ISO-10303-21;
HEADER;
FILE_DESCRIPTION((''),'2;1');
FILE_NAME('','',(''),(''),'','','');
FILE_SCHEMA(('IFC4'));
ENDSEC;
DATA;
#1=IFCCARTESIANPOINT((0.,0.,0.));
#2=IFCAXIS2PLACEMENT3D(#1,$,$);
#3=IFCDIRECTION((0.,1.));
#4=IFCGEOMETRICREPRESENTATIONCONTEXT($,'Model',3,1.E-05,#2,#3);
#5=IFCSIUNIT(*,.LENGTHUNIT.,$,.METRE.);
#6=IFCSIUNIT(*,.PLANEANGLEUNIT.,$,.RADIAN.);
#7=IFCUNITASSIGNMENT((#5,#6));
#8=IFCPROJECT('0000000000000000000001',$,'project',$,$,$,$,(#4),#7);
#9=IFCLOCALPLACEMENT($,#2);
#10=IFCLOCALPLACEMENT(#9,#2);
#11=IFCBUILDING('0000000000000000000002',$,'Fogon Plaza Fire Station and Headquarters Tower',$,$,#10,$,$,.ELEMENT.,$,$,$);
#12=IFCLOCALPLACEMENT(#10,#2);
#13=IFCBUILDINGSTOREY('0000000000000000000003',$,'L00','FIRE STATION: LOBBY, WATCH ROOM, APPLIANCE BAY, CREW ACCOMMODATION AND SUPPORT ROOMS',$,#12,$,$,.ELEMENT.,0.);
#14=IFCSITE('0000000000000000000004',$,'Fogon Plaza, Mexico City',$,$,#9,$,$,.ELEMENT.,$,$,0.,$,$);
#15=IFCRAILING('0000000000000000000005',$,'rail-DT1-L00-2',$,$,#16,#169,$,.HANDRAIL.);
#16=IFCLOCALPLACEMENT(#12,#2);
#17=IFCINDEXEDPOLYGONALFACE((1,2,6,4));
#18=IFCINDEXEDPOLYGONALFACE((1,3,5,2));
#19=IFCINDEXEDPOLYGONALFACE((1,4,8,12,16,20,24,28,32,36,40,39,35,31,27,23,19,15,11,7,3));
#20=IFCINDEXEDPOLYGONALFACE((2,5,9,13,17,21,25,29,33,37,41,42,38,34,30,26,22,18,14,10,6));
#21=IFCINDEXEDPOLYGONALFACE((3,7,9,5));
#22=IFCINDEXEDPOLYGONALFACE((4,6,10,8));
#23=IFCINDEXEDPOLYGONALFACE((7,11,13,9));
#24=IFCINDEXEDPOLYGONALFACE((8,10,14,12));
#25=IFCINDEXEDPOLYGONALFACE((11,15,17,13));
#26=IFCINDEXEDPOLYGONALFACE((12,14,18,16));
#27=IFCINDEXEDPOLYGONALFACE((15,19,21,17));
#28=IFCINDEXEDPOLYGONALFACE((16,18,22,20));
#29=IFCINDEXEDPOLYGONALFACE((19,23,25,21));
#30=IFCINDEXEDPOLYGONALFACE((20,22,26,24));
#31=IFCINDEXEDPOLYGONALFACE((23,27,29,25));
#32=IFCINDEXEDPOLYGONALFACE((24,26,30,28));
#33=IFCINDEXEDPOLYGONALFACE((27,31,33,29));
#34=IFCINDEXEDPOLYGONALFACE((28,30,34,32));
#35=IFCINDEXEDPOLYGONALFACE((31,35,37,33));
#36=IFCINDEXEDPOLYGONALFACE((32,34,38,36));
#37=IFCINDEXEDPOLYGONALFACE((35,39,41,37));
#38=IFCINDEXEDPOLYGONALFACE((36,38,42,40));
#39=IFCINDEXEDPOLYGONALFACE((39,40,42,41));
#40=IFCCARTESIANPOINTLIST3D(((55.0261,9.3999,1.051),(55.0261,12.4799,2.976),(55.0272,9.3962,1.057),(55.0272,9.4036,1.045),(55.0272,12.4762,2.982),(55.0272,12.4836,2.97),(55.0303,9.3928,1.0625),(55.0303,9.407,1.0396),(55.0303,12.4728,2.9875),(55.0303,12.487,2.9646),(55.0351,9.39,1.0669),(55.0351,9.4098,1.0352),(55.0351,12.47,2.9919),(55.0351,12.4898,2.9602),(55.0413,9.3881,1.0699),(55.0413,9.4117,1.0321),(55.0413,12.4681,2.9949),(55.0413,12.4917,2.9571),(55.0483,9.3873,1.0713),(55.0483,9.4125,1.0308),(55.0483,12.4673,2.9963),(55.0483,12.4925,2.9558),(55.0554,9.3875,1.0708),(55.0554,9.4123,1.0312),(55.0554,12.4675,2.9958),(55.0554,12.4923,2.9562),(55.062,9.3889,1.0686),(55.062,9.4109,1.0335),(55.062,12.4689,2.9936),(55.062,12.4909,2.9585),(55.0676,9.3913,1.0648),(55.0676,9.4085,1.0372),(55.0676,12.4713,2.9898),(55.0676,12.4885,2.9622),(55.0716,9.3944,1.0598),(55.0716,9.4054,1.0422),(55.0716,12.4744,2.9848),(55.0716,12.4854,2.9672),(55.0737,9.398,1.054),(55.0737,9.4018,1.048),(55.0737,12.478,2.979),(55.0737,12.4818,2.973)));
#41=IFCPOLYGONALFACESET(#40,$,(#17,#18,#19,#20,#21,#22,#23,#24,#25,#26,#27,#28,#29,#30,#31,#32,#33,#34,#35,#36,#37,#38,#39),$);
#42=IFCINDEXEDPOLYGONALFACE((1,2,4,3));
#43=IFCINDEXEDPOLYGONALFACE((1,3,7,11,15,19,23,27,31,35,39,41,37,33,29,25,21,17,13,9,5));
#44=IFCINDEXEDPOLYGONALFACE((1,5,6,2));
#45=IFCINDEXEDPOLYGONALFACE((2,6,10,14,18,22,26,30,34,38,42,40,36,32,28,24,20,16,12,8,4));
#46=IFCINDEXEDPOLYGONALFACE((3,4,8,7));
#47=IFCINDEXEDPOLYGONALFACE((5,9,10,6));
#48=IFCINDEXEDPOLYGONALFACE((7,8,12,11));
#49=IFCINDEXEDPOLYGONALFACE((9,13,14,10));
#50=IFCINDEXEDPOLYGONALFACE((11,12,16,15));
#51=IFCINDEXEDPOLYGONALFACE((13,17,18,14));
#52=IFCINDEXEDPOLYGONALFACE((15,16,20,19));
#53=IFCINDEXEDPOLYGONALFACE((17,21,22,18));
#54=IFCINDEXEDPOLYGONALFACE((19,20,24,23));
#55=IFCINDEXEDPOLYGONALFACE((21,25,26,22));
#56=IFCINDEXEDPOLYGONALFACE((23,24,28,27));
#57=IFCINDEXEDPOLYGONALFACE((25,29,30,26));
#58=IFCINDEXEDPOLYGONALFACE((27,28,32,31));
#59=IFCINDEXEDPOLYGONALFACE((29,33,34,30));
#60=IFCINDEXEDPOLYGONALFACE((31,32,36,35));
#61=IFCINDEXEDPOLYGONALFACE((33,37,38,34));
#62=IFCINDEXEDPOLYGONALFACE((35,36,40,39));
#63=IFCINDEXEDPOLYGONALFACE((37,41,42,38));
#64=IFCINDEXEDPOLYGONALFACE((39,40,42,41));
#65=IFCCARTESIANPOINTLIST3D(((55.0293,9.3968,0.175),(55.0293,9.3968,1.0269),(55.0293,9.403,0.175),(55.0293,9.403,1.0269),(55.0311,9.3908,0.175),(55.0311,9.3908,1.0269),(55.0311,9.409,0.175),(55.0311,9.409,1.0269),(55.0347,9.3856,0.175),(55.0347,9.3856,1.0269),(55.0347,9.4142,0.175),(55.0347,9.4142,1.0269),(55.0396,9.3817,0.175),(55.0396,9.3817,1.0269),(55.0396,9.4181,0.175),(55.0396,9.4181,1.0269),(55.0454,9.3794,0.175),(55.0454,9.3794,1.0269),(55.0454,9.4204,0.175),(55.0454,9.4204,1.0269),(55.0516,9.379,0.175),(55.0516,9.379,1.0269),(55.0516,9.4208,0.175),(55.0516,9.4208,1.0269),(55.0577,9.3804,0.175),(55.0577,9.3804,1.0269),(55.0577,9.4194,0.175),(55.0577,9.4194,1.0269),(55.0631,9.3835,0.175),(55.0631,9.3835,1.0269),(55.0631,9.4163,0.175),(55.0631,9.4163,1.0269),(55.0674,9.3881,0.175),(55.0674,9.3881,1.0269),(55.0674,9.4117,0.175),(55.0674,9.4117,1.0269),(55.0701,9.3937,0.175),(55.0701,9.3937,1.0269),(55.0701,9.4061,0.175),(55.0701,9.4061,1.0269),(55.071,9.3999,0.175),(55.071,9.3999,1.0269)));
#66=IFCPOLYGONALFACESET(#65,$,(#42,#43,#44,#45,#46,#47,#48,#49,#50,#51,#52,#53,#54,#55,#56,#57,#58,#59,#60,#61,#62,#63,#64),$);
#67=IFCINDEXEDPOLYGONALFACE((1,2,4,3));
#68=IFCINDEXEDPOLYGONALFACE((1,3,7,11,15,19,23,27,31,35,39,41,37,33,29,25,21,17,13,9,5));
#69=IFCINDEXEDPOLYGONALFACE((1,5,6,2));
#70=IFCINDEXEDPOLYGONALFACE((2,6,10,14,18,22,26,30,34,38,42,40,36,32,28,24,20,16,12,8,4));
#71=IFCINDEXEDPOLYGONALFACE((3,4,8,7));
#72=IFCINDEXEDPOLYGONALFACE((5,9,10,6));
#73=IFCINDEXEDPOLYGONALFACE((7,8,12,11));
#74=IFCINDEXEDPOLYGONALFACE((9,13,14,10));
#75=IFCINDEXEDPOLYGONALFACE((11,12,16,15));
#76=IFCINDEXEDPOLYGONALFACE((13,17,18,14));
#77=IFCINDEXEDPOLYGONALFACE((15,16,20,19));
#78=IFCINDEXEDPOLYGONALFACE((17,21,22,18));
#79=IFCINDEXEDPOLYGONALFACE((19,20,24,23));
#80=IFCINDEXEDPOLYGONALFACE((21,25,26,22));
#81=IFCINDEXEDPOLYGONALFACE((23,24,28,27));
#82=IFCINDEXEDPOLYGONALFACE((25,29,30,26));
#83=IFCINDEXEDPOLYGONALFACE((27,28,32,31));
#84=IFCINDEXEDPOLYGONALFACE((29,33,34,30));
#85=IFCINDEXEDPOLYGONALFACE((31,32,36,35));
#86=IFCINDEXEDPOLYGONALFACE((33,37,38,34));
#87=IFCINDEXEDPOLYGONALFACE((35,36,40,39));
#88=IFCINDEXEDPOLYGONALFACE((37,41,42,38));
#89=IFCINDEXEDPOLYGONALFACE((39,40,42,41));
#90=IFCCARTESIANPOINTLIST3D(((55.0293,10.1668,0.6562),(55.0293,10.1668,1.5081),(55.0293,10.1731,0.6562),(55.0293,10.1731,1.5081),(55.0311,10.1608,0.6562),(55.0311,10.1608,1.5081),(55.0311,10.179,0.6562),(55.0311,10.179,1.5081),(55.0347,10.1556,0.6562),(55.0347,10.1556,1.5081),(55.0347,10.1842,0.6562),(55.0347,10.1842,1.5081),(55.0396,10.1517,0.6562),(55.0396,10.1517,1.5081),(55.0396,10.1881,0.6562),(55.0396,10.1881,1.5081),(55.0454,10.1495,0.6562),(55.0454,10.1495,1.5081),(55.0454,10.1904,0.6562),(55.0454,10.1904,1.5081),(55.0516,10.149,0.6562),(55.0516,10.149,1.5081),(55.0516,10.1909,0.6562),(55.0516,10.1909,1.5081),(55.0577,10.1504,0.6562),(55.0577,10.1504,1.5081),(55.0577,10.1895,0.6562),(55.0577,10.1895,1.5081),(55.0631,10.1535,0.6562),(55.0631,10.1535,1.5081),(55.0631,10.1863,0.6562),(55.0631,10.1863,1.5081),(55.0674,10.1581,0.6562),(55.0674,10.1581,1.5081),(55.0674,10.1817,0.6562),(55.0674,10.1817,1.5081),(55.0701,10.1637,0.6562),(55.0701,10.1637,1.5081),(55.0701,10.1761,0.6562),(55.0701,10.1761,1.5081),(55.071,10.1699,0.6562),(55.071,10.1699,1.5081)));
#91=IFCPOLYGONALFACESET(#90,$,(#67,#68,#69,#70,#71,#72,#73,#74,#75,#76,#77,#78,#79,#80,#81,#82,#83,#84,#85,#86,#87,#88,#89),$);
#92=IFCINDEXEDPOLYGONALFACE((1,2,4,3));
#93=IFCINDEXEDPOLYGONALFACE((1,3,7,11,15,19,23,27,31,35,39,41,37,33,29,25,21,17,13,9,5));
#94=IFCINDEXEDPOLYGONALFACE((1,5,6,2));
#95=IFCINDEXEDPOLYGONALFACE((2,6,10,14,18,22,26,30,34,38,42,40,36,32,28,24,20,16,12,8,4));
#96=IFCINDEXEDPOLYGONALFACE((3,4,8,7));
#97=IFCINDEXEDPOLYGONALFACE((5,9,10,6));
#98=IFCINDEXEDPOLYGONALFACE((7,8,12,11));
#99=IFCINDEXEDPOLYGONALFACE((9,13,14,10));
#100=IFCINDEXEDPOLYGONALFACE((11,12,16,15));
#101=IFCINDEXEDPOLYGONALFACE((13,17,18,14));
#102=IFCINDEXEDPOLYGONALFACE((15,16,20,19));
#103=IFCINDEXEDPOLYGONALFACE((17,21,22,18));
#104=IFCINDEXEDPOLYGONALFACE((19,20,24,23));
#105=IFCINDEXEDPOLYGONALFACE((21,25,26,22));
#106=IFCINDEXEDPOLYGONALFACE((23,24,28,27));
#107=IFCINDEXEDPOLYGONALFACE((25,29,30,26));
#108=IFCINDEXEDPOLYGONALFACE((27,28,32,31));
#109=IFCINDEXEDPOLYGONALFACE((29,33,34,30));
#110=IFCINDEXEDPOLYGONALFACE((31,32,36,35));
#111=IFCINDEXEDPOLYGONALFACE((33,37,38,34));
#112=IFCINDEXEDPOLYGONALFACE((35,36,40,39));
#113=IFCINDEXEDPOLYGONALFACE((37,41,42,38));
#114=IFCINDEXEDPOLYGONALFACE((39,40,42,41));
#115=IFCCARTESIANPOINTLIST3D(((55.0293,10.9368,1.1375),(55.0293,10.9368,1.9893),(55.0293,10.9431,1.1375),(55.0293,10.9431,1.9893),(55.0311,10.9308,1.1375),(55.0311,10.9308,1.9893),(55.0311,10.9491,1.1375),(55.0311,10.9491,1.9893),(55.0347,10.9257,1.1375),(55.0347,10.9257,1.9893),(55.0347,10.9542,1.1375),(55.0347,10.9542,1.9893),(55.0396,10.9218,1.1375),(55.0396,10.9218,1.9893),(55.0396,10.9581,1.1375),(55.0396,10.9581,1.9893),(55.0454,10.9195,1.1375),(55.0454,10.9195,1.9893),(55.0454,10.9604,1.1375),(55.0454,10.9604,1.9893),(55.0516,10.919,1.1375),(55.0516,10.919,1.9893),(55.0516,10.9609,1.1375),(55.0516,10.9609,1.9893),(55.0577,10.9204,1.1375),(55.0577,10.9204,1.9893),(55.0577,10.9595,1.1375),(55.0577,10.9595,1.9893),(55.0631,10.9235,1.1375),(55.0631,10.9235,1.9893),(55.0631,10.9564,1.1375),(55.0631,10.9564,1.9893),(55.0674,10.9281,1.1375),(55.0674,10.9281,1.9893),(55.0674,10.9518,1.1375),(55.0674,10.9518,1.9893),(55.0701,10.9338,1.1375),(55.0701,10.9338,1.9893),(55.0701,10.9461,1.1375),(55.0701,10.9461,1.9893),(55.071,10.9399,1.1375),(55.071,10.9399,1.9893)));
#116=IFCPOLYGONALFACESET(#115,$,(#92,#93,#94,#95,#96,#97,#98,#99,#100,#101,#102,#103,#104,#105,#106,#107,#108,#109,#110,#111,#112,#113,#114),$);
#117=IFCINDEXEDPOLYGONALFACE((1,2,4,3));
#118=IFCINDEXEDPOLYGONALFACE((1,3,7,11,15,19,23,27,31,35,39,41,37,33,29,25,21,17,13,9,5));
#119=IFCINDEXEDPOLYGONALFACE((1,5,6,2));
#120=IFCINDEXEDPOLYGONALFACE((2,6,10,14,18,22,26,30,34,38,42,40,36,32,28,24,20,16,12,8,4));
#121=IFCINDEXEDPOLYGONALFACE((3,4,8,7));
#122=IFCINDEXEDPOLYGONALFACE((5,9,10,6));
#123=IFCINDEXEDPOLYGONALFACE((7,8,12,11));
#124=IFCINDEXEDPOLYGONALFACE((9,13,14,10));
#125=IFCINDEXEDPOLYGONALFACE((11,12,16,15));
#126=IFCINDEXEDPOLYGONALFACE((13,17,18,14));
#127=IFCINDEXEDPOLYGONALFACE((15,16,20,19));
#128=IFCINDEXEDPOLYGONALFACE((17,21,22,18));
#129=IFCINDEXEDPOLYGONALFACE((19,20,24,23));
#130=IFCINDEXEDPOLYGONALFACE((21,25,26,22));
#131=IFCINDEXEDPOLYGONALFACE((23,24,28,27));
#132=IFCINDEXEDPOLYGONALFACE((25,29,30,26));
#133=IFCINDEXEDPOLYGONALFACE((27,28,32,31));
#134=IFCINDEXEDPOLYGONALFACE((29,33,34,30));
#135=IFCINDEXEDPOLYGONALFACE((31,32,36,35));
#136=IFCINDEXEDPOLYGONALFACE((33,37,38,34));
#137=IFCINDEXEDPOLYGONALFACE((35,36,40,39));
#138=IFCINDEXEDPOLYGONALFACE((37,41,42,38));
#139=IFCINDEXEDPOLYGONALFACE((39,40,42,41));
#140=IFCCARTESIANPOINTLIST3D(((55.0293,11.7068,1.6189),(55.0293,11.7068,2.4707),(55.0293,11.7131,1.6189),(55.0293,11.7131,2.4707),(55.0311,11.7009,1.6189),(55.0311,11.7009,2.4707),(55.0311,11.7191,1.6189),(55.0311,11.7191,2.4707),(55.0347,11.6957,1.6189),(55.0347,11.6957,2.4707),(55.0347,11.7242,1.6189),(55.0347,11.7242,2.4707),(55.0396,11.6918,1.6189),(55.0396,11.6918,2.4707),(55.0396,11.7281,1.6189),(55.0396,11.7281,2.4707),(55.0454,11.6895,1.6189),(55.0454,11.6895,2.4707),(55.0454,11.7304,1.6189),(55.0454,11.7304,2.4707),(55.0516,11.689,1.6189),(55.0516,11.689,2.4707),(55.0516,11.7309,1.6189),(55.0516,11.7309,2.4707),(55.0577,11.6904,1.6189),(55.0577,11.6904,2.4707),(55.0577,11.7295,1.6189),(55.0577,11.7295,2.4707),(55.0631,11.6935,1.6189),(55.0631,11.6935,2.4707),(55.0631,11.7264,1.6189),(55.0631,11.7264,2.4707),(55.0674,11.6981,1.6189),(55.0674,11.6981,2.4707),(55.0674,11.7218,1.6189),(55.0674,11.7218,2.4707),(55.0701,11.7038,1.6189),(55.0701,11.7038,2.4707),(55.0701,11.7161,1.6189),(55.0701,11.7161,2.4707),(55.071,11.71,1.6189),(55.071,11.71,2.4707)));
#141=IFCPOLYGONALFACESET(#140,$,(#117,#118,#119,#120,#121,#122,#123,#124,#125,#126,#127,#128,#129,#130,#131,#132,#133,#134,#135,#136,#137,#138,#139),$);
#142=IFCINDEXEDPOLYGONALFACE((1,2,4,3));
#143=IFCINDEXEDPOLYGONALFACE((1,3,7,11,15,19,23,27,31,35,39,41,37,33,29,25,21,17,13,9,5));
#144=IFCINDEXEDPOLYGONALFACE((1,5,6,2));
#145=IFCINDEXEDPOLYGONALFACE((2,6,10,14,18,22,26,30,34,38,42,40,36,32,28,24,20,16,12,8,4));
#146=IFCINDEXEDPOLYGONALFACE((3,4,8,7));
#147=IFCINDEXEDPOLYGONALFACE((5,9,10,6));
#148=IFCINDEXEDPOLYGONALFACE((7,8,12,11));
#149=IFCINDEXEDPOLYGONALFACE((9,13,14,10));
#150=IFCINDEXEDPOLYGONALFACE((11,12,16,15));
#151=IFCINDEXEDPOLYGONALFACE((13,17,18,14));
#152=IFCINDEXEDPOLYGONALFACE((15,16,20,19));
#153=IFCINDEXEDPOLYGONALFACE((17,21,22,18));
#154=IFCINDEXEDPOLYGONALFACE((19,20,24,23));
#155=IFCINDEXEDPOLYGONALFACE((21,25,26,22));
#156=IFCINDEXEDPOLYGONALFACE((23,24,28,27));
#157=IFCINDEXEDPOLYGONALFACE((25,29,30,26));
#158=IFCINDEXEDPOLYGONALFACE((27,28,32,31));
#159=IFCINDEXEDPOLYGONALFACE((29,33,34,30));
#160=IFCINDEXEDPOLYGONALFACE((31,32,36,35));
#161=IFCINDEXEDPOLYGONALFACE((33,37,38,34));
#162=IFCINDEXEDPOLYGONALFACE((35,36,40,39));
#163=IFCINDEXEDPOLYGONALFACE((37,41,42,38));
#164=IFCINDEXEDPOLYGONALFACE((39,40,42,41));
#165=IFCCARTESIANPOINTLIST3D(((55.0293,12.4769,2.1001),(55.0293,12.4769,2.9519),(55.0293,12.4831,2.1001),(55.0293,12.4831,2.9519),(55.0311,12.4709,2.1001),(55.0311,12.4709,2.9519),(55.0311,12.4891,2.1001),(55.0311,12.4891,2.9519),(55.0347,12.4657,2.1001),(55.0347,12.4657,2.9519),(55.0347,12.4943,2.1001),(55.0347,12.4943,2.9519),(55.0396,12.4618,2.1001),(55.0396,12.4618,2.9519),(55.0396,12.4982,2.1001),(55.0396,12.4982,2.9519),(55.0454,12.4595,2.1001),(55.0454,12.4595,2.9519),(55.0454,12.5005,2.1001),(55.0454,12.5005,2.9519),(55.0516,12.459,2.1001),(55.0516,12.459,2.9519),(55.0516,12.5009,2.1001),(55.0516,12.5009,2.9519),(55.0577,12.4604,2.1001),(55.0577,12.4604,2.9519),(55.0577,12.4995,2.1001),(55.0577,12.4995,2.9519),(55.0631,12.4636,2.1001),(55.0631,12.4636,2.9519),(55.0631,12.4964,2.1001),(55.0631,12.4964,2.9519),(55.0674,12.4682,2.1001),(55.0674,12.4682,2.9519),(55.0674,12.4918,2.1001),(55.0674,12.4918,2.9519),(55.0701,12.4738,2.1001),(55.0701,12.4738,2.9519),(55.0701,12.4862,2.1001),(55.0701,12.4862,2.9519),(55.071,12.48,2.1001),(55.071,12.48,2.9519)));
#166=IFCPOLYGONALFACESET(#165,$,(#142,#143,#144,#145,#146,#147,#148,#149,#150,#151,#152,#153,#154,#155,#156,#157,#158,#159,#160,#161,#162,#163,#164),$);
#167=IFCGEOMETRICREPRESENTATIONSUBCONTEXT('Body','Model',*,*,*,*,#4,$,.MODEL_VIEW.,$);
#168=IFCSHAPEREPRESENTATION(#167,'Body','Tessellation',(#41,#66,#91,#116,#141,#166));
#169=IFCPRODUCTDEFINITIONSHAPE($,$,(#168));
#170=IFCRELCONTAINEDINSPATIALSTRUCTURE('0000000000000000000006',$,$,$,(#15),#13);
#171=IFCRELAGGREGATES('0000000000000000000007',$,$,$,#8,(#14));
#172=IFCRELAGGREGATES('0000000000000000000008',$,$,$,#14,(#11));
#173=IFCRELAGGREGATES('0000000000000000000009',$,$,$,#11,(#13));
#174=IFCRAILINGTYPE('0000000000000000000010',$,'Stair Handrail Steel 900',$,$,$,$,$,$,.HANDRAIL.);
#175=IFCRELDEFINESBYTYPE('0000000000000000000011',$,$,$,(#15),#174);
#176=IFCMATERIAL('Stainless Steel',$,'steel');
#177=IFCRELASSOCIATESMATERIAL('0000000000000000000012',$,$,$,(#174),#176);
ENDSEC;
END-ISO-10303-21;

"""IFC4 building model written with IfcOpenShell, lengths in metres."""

from ifc_helpers import new_model, si_unit, direction, frame, origin, origin_2d, place, context, subcontext, project, spatial, circle, extrude, material, type_object, element, save


model = new_model("IFC4")

# Units and contexts
model_context = context("Model", 3, precision=1e-05, world=origin(), true_north=direction((0.0, 1.0)))
body_context = subcontext(model_context, "Body", "Model", "MODEL_VIEW")
ifc_project = project(units=[si_unit("LENGTHUNIT", "METRE"), si_unit("PLANEANGLEUNIT", "RADIAN")], contexts=[model_context])

# Site, building, storey
site_placement = place(None, origin())
site = spatial("IfcSite", under=ifc_project, at=site_placement, Name="Fogon Plaza, Mexico City", CompositionType="ELEMENT", RefElevation=0.0)
building_placement = place(site_placement, origin())
building = spatial("IfcBuilding", under=site, at=building_placement, Name="Fogon Plaza Fire Station and Headquarters Tower", CompositionType="ELEMENT")
storey_placement = place(building_placement, origin())
storey = spatial("IfcBuildingStorey", under=building, at=storey_placement, Name="L00", Description="FIRE STATION: LOBBY, WATCH ROOM, APPLIANCE BAY, CREW ACCOMMODATION AND SUPPORT ROOMS", CompositionType="ELEMENT", Elevation=0.0)

# Railing
ifc_material_1 = material(Name="Stainless Steel", Category="steel")
railing_type_1 = type_object("IfcRailingType", Name="Stair Handrail Steel 900", PredefinedType="HANDRAIL", material=ifc_material_1)
for number, where, name in (
    (1, (55.05, 9.3999, 0.175), "rail-DT1-L00-2"),
):
    element("IfcRailing", number, at=place(storey_placement, frame(where)), inside=storey, type_object=railing_type_1, Name=name, PredefinedType="HANDRAIL", context=body_context, shape_type="SweptSolid", body=[
        extrude(circle(Radius=0.0239, at=origin_2d()), frame((0.0, 0.0, 0.876), z_axis=(0.0, 0.847998, 0.529999), x_axis=(-1.0, 0.0, 0.0)), (0.0, 0.0, 1.0), 3.6321),
        extrude(circle(Radius=0.021, at=origin_2d()), origin(), (0.0, 0.0, 1.0), 0.8518),
        extrude(circle(Radius=0.021, at=origin_2d()), frame((0.0, 0.77, 0.4812)), (0.0, 0.0, 1.0), 0.8518),
        extrude(circle(Radius=0.021, at=origin_2d()), frame((0.0, 1.54, 0.9624)), (0.0, 0.0, 1.0), 0.8518),
        extrude(circle(Radius=0.021, at=origin_2d()), frame((0.0, 2.3101, 1.4438)), (0.0, 0.0, 1.0), 0.8518),
        extrude(circle(Radius=0.021, at=origin_2d()), frame((0.0, 3.0801, 1.925)), (0.0, 0.0, 1.0), 0.8518),
    ])

save(model, "model.ifc")
